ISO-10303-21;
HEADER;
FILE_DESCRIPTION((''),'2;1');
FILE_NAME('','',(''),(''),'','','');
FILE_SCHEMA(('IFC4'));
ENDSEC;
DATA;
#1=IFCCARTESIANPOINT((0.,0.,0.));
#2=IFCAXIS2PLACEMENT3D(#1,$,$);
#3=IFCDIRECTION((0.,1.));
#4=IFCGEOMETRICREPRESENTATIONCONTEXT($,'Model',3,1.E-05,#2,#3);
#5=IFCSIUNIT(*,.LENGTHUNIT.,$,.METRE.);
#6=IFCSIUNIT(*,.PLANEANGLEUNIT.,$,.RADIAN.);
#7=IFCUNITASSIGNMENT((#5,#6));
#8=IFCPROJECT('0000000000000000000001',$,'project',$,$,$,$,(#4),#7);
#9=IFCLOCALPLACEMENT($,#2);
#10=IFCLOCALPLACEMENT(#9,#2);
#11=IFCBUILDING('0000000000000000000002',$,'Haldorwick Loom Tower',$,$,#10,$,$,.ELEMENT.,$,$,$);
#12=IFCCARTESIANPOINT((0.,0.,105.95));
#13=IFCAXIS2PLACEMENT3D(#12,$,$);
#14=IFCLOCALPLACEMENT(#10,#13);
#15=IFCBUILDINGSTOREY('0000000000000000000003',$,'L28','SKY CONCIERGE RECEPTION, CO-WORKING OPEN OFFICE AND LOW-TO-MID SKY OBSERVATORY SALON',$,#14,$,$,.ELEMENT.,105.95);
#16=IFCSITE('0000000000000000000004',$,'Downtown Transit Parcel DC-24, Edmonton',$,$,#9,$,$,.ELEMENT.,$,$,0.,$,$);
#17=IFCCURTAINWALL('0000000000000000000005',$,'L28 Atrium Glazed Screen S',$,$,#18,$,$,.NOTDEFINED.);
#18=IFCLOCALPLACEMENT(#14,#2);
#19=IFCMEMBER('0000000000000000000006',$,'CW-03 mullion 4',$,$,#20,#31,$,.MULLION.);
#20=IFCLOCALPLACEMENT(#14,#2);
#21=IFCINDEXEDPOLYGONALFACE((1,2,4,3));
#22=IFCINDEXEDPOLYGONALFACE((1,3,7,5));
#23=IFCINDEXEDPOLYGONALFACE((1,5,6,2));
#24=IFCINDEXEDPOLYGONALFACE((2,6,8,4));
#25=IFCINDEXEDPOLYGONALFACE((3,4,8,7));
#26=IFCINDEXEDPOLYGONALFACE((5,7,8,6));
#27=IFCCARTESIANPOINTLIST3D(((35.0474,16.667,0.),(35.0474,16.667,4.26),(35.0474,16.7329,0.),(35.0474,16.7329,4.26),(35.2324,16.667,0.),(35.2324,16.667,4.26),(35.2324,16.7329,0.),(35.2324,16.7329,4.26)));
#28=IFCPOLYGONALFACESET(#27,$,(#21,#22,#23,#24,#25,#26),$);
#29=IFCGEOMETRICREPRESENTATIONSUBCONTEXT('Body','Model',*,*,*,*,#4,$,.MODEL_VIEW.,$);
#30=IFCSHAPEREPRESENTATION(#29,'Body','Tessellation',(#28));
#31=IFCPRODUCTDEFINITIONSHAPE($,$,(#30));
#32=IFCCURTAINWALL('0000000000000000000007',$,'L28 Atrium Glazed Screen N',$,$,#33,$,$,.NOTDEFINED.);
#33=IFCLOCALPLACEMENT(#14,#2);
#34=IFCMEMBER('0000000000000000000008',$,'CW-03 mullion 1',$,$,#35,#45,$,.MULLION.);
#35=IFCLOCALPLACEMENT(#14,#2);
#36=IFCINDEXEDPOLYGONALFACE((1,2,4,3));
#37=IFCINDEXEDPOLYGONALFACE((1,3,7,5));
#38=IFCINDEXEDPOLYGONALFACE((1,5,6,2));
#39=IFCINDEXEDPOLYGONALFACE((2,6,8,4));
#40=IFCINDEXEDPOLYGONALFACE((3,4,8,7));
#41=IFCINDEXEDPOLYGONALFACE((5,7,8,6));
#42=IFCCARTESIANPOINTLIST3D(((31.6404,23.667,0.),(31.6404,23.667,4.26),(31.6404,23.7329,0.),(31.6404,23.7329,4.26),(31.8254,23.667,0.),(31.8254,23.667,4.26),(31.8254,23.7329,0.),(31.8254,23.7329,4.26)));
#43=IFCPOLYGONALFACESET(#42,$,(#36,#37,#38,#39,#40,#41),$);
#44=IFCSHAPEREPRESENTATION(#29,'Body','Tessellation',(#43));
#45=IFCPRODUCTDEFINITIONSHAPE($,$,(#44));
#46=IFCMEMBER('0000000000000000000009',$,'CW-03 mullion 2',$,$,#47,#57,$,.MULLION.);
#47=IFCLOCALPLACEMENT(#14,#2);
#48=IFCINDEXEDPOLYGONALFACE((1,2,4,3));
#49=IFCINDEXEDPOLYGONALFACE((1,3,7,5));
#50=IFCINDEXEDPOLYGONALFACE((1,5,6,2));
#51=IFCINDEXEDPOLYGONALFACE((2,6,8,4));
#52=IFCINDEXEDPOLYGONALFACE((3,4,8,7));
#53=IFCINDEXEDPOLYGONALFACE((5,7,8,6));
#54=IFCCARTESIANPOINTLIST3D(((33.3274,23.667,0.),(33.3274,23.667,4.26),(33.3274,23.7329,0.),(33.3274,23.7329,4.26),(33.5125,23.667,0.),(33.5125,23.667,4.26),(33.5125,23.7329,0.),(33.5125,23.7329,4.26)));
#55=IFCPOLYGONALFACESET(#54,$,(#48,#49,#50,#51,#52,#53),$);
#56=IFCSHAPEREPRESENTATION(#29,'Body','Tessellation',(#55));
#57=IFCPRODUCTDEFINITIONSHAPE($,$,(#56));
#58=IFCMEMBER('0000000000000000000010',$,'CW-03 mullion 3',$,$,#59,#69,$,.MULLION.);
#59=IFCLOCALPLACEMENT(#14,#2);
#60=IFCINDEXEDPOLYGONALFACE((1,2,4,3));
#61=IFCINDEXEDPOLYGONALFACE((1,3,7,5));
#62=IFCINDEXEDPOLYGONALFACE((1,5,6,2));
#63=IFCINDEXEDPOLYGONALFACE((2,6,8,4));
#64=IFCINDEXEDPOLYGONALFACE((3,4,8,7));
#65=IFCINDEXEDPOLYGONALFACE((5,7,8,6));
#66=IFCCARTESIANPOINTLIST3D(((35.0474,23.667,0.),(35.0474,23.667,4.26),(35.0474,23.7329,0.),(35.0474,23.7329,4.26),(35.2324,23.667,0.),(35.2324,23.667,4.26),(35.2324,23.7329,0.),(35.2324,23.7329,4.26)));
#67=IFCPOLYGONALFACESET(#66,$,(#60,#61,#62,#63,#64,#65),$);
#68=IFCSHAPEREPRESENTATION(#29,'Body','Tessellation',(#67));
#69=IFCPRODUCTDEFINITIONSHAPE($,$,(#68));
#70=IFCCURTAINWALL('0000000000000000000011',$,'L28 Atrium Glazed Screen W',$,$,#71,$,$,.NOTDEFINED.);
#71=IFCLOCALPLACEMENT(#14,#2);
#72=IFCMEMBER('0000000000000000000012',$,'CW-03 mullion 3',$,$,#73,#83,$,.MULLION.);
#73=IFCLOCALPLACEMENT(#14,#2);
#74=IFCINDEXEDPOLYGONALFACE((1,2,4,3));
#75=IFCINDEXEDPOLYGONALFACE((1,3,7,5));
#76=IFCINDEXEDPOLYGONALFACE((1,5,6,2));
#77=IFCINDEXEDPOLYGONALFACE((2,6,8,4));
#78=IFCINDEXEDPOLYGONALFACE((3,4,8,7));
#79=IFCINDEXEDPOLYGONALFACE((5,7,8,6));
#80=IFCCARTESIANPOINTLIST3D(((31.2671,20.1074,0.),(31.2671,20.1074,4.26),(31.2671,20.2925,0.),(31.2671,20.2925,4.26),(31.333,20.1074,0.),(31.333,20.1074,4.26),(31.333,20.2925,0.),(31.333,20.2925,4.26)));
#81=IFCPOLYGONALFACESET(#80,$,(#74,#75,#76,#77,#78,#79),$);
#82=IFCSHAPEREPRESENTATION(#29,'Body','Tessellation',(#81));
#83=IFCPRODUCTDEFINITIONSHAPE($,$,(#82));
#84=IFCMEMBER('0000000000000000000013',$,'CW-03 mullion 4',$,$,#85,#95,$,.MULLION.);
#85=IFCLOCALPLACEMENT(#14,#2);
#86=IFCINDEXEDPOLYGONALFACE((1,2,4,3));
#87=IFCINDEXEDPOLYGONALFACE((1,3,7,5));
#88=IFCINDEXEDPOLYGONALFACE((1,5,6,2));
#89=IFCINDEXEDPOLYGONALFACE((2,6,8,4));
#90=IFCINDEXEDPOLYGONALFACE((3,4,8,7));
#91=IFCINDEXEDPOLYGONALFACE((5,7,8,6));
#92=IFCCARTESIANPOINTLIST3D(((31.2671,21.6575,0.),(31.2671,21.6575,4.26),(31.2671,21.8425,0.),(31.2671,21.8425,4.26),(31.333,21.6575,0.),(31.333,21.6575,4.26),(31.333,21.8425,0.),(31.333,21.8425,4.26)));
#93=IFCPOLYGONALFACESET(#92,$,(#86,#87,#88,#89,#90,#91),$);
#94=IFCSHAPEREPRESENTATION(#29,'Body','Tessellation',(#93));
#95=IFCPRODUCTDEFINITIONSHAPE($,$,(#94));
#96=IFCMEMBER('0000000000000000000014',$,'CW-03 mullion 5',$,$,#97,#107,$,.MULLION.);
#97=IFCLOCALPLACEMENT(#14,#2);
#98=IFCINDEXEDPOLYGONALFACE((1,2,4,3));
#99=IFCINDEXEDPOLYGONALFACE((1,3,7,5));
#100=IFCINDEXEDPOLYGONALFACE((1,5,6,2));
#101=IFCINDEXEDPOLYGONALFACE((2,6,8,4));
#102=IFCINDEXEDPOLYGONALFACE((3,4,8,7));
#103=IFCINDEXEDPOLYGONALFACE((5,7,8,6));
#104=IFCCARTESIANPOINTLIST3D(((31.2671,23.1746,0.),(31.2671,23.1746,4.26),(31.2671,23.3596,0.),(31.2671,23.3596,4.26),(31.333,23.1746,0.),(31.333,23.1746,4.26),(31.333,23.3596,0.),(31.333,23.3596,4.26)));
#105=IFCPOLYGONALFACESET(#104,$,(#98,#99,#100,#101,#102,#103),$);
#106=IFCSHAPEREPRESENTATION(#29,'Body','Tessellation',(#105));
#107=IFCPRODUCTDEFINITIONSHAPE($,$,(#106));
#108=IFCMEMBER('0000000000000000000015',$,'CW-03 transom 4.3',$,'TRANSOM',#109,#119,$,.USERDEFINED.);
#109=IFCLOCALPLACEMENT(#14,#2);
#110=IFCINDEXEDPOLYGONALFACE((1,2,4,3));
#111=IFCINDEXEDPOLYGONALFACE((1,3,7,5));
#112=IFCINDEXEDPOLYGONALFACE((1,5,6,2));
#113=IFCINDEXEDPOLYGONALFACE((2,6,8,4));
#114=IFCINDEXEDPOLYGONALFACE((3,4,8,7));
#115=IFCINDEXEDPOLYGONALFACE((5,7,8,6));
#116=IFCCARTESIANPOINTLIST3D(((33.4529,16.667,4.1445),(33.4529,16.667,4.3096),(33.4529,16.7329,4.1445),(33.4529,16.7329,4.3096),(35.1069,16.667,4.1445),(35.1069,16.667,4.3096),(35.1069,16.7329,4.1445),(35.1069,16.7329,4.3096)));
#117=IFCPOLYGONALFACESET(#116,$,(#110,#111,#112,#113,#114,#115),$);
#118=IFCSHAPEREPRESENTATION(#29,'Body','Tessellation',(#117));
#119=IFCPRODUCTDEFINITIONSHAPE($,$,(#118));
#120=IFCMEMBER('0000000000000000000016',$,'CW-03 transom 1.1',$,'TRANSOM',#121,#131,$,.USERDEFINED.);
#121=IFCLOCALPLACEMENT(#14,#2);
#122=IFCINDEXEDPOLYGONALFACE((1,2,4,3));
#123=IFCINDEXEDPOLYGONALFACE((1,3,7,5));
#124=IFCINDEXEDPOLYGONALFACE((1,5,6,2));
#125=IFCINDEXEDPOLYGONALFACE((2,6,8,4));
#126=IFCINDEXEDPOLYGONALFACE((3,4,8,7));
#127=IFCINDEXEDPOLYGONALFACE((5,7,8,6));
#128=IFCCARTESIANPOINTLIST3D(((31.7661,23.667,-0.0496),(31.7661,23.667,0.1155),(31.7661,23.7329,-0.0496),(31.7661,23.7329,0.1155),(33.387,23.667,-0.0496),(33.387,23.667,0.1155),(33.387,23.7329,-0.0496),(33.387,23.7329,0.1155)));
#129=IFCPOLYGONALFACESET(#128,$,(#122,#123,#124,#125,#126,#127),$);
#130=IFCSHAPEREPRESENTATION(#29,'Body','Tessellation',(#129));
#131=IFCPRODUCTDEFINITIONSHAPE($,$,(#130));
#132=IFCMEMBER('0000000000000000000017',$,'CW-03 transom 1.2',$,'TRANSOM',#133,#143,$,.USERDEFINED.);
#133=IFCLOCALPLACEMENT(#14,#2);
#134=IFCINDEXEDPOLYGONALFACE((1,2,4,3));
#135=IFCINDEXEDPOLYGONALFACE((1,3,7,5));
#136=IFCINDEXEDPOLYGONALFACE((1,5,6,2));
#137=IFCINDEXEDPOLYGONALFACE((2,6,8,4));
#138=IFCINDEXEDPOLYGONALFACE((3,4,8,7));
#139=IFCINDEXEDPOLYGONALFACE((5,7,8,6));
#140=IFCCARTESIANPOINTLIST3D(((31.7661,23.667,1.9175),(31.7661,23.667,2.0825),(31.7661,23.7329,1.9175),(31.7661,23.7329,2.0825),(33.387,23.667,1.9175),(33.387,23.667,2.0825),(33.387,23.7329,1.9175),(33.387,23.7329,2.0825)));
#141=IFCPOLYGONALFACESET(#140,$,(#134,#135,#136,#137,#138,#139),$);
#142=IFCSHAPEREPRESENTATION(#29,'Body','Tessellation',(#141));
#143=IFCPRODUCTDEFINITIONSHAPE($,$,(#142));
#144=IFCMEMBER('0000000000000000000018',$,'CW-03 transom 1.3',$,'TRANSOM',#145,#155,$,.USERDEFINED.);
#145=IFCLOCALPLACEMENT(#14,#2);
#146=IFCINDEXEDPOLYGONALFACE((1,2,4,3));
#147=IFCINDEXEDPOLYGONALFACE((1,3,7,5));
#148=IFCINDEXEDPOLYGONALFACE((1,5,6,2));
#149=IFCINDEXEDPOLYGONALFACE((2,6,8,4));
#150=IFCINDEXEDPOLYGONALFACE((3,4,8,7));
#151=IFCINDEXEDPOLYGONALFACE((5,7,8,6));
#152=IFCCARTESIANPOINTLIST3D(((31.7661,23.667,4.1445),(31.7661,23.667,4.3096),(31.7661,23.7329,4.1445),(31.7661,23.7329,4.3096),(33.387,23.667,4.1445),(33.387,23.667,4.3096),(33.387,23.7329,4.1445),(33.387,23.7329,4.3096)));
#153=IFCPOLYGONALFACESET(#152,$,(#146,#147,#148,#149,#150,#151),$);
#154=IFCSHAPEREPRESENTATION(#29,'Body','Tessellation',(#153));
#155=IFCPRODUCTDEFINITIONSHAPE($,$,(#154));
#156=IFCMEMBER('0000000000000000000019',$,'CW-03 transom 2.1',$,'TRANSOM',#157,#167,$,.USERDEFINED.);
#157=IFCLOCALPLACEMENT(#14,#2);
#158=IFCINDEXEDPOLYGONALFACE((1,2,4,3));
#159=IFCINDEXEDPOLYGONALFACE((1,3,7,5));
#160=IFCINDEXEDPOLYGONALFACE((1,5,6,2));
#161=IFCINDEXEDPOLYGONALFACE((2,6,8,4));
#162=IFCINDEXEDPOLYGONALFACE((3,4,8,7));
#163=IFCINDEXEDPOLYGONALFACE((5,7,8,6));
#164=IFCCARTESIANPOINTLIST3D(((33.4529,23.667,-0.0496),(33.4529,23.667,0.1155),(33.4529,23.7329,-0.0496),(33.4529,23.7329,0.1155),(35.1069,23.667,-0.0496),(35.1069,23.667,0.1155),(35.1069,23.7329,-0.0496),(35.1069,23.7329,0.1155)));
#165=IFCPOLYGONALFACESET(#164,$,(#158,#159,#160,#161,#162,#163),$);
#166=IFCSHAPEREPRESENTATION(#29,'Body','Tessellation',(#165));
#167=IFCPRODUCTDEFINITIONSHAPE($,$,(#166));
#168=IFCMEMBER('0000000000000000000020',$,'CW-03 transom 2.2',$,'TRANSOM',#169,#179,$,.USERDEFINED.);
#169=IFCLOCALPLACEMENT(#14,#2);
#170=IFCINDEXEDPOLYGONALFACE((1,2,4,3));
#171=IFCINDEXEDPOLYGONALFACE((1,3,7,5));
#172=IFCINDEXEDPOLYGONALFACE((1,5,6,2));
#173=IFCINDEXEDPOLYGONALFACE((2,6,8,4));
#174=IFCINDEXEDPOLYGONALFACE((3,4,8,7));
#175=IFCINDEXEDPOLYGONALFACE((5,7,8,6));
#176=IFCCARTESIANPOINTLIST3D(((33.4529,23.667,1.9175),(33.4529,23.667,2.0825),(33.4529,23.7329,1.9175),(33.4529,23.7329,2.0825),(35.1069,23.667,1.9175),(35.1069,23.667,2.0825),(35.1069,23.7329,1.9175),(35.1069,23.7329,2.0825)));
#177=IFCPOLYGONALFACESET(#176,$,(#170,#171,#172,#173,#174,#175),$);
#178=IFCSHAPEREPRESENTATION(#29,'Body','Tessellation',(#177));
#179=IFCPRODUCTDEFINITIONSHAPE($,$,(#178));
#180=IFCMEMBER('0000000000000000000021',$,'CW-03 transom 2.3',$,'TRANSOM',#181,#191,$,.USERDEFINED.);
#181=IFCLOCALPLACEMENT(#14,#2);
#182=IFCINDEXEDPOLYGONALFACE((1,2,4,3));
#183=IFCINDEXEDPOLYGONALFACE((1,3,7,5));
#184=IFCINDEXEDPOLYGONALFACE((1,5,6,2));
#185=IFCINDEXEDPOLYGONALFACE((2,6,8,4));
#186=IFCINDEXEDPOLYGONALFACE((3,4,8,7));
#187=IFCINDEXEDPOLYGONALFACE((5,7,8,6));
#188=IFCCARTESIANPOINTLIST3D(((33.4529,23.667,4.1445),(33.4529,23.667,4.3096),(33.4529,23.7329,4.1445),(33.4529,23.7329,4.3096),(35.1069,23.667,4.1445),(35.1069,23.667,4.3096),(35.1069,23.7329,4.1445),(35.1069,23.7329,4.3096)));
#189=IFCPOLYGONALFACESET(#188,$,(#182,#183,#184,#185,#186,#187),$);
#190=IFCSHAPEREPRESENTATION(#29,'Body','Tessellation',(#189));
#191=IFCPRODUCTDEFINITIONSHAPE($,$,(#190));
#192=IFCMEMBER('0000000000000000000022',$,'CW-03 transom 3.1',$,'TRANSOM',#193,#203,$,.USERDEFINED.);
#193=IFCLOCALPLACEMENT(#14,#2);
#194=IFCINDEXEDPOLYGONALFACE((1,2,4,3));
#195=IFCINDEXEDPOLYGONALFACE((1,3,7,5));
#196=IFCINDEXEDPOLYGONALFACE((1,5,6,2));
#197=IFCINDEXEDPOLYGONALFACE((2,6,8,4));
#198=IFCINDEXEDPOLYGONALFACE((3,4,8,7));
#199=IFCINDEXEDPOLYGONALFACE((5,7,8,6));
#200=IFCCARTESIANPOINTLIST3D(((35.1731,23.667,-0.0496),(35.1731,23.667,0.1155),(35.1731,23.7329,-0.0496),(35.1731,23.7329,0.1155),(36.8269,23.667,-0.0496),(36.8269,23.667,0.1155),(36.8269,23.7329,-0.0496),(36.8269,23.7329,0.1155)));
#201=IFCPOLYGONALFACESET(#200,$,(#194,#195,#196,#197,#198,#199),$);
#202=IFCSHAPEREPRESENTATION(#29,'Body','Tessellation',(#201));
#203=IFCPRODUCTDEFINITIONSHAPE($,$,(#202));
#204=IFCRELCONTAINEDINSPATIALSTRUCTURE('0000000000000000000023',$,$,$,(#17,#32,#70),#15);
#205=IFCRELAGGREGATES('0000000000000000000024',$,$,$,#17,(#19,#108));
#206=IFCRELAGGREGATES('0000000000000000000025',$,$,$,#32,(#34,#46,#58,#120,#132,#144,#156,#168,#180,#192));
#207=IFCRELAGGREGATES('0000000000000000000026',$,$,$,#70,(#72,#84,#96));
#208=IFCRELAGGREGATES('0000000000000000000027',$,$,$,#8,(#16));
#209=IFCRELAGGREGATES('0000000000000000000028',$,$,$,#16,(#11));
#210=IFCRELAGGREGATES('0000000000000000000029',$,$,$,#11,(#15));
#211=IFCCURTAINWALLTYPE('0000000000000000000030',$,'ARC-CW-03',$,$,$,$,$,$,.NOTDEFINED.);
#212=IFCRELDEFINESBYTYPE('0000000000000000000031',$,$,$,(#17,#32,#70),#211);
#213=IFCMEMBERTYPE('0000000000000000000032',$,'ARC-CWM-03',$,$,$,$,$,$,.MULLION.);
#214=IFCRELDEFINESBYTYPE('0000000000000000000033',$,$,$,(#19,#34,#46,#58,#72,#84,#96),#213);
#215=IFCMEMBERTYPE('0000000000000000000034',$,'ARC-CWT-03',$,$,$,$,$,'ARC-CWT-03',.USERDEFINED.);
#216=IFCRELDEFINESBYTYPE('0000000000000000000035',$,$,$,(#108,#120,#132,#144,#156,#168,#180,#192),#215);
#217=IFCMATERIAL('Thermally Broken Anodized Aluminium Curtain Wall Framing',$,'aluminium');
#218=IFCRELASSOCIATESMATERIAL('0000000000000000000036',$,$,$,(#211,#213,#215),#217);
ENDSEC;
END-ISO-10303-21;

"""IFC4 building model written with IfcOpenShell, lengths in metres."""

from ifc_helpers import new_model, si_unit, direction, frame, origin, origin_2d, place, context, subcontext, project, spatial, rectangle, extrude, material, material_profile, profile_set, type_object, element, aggregate, save


model = new_model("IFC4")

# Units and contexts
model_context = context("Model", 3, precision=1e-05, world=origin(), true_north=direction((0.0, 1.0)))
body_context = subcontext(model_context, "Body", "Model", "MODEL_VIEW")
ifc_project = project(units=[si_unit("LENGTHUNIT", "METRE"), si_unit("PLANEANGLEUNIT", "RADIAN")], contexts=[model_context])

# Site, building, storey
site_placement = place(None, origin())
site = spatial("IfcSite", under=ifc_project, at=site_placement, Name="Downtown Transit Parcel DC-24, Edmonton", CompositionType="ELEMENT", RefElevation=0.0)
building_placement = place(site_placement, origin())
building = spatial("IfcBuilding", under=site, at=building_placement, Name="Haldorwick Loom Tower", CompositionType="ELEMENT")
storey_placement = place(building_placement, frame((0.0, 0.0, 105.95)))
storey = spatial("IfcBuildingStorey", under=building, at=storey_placement, Name="L28", Description="SKY CONCIERGE RECEPTION, CO-WORKING OPEN OFFICE AND LOW-TO-MID SKY OBSERVATORY SALON", CompositionType="ELEMENT", Elevation=105.95)

# Curtain wall, member
ifc_material_1 = material(Name="Thermally Broken Anodized Aluminium Curtain Wall Framing", Category="aluminium")
curtain_wall_type = type_object("IfcCurtainWallType", Name="ARC-CW-03", PredefinedType="NOTDEFINED", material=ifc_material_1)
curtain_wall_1_placement = place(storey_placement, origin())
curtain_wall_1 = element("IfcCurtainWall", 1, at=curtain_wall_1_placement, inside=storey, type_object=curtain_wall_type, Name="L28 Atrium Glazed Screen S", PredefinedType="NOTDEFINED")
ifc_material_profile_1 = material_profile(ifc_material_1, rectangle(XDim=0.0659, YDim=0.1851, at=origin_2d()), Name="ALU_MUL_66X185", Category="aluminium")
ifc_profile_set_1 = profile_set([ifc_material_profile_1], Name="Thermally Broken Anodized Aluminium Curtain Wall Framing")
member_type_1 = type_object("IfcMemberType", Name="ARC-CWM-03", PredefinedType="MULLION", material=ifc_profile_set_1)
member_1_placement = place(storey_placement, frame((35.1399, 16.7, 0.0), z_axis=(0.0, 0.0, 1.0), x_axis=(0.0, -1.0, 0.0)))
member_1 = element("IfcMember", 2, at=member_1_placement, type_object=member_type_1, Name="CW-03 mullion 4", PredefinedType="MULLION", context=body_context, shape_type="SweptSolid", body=[
    extrude(rectangle(XDim=0.0659, YDim=0.1851, at=origin_2d()), origin(), (0.0, 0.0, 1.0), 4.26),
])

# Curtain walls, members
curtain_wall_2_placement = place(storey_placement, origin())
curtain_wall_2 = element("IfcCurtainWall", 3, at=curtain_wall_2_placement, inside=storey, type_object=curtain_wall_type, Name="L28 Atrium Glazed Screen N", PredefinedType="NOTDEFINED")
member_2_placement = place(storey_placement, frame((31.7329, 23.7, 0.0), z_axis=(0.0, 0.0, 1.0), x_axis=(0.0, 1.0, 0.0)))
member_2 = element("IfcMember", 4, at=member_2_placement, type_object=member_type_1, Name="CW-03 mullion 1", PredefinedType="MULLION", context=body_context, shape_type="SweptSolid", body=[
    extrude(rectangle(XDim=0.0659, YDim=0.1851, at=origin_2d()), origin(), (0.0, 0.0, 1.0), 4.26),
])
member_3_placement = place(storey_placement, frame((33.4199, 23.7, 0.0), z_axis=(0.0, 0.0, 1.0), x_axis=(0.0, 1.0, 0.0)))
member_3 = element("IfcMember", 5, at=member_3_placement, type_object=member_type_1, Name="CW-03 mullion 2", PredefinedType="MULLION", context=body_context, shape_type="SweptSolid", body=[
    extrude(rectangle(XDim=0.0659, YDim=0.1851, at=origin_2d()), origin(), (0.0, 0.0, 1.0), 4.26),
])
member_4_placement = place(storey_placement, frame((35.1399, 23.7, 0.0), z_axis=(0.0, 0.0, 1.0), x_axis=(0.0, 1.0, 0.0)))
member_4 = element("IfcMember", 6, at=member_4_placement, type_object=member_type_1, Name="CW-03 mullion 3", PredefinedType="MULLION", context=body_context, shape_type="SweptSolid", body=[
    extrude(rectangle(XDim=0.0659, YDim=0.1851, at=origin_2d()), origin(), (0.0, 0.0, 1.0), 4.26),
])
curtain_wall_3_placement = place(storey_placement, origin())
curtain_wall_3 = element("IfcCurtainWall", 7, at=curtain_wall_3_placement, inside=storey, type_object=curtain_wall_type, Name="L28 Atrium Glazed Screen W", PredefinedType="NOTDEFINED")
member_5_placement = place(storey_placement, frame((31.3, 20.2, 0.0), z_axis=(0.0, 0.0, 1.0), x_axis=(-1.0, 0.0, 0.0)))
member_5 = element("IfcMember", 8, at=member_5_placement, type_object=member_type_1, Name="CW-03 mullion 3", PredefinedType="MULLION", context=body_context, shape_type="SweptSolid", body=[
    extrude(rectangle(XDim=0.0659, YDim=0.1851, at=origin_2d()), origin(), (0.0, 0.0, 1.0), 4.26),
])
member_6_placement = place(storey_placement, frame((31.3, 21.75, 0.0), z_axis=(0.0, 0.0, 1.0), x_axis=(-1.0, 0.0, 0.0)))
member_6 = element("IfcMember", 9, at=member_6_placement, type_object=member_type_1, Name="CW-03 mullion 4", PredefinedType="MULLION", context=body_context, shape_type="SweptSolid", body=[
    extrude(rectangle(XDim=0.0659, YDim=0.1851, at=origin_2d()), origin(), (0.0, 0.0, 1.0), 4.26),
])
member_7_placement = place(storey_placement, frame((31.3, 23.2671, 0.0), z_axis=(0.0, 0.0, 1.0), x_axis=(-1.0, 0.0, 0.0)))
member_7 = element("IfcMember", 10, at=member_7_placement, type_object=member_type_1, Name="CW-03 mullion 5", PredefinedType="MULLION", context=body_context, shape_type="SweptSolid", body=[
    extrude(rectangle(XDim=0.0659, YDim=0.1851, at=origin_2d()), origin(), (0.0, 0.0, 1.0), 4.26),
])

# Members
ifc_material_profile_2 = material_profile(ifc_material_1, rectangle(XDim=0.0659, YDim=0.165, at=origin_2d()), Name="ALU_TRN_66X165", Category="aluminium")
ifc_profile_set_2 = profile_set([ifc_material_profile_2], Name="Thermally Broken Anodized Aluminium Curtain Wall Framing")
member_type_2 = type_object("IfcMemberType", Name="ARC-CWT-03", ElementType="ARC-CWT-03", PredefinedType="USERDEFINED", material=ifc_profile_set_2)
member_8_placement = place(storey_placement, frame((35.1069, 16.7, 4.2271), z_axis=(-1.0, 0.0, 0.0), x_axis=(0.0, -1.0, 0.0)))
member_8 = element("IfcMember", 11, at=member_8_placement, type_object=member_type_2, Name="CW-03 transom 4.3", ObjectType="TRANSOM", PredefinedType="USERDEFINED", context=body_context, shape_type="SweptSolid", body=[
    extrude(rectangle(XDim=0.0659, YDim=0.165, at=origin_2d()), origin(), (0.0, 0.0, 1.0), 1.6541),
])
aggregate(curtain_wall_1, [member_1, member_8])
member_9_placement = place(storey_placement, frame((31.7661, 23.7, 0.033), z_axis=(1.0, 0.0, 0.0), x_axis=(0.0, 1.0, 0.0)))
member_9 = element("IfcMember", 12, at=member_9_placement, type_object=member_type_2, Name="CW-03 transom 1.1", ObjectType="TRANSOM", PredefinedType="USERDEFINED", context=body_context, shape_type="SweptSolid", body=[
    extrude(rectangle(XDim=0.0659, YDim=0.165, at=origin_2d()), origin(), (0.0, 0.0, 1.0), 1.6208),
])
member_10_placement = place(storey_placement, frame((31.7661, 23.7, 2.0), z_axis=(1.0, 0.0, 0.0), x_axis=(0.0, 1.0, 0.0)))
member_10 = element("IfcMember", 13, at=member_10_placement, type_object=member_type_2, Name="CW-03 transom 1.2", ObjectType="TRANSOM", PredefinedType="USERDEFINED", context=body_context, shape_type="SweptSolid", body=[
    extrude(rectangle(XDim=0.0659, YDim=0.165, at=origin_2d()), origin(), (0.0, 0.0, 1.0), 1.6208),
])
member_11_placement = place(storey_placement, frame((31.7661, 23.7, 4.2271), z_axis=(1.0, 0.0, 0.0), x_axis=(0.0, 1.0, 0.0)))
member_11 = element("IfcMember", 14, at=member_11_placement, type_object=member_type_2, Name="CW-03 transom 1.3", ObjectType="TRANSOM", PredefinedType="USERDEFINED", context=body_context, shape_type="SweptSolid", body=[
    extrude(rectangle(XDim=0.0659, YDim=0.165, at=origin_2d()), origin(), (0.0, 0.0, 1.0), 1.6208),
])
member_12_placement = place(storey_placement, frame((33.4529, 23.7, 0.033), z_axis=(1.0, 0.0, 0.0), x_axis=(0.0, 1.0, 0.0)))
member_12 = element("IfcMember", 15, at=member_12_placement, type_object=member_type_2, Name="CW-03 transom 2.1", ObjectType="TRANSOM", PredefinedType="USERDEFINED", context=body_context, shape_type="SweptSolid", body=[
    extrude(rectangle(XDim=0.0659, YDim=0.165, at=origin_2d()), origin(), (0.0, 0.0, 1.0), 1.6541),
])
member_13_placement = place(storey_placement, frame((33.4529, 23.7, 2.0), z_axis=(1.0, 0.0, 0.0), x_axis=(0.0, 1.0, 0.0)))
member_13 = element("IfcMember", 16, at=member_13_placement, type_object=member_type_2, Name="CW-03 transom 2.2", ObjectType="TRANSOM", PredefinedType="USERDEFINED", context=body_context, shape_type="SweptSolid", body=[
    extrude(rectangle(XDim=0.0659, YDim=0.165, at=origin_2d()), origin(), (0.0, 0.0, 1.0), 1.6541),
])
member_14_placement = place(storey_placement, frame((33.4529, 23.7, 4.2271), z_axis=(1.0, 0.0, 0.0), x_axis=(0.0, 1.0, 0.0)))
member_14 = element("IfcMember", 17, at=member_14_placement, type_object=member_type_2, Name="CW-03 transom 2.3", ObjectType="TRANSOM", PredefinedType="USERDEFINED", context=body_context, shape_type="SweptSolid", body=[
    extrude(rectangle(XDim=0.0659, YDim=0.165, at=origin_2d()), origin(), (0.0, 0.0, 1.0), 1.6541),
])
member_15_placement = place(storey_placement, frame((35.1731, 23.7, 0.033), z_axis=(1.0, 0.0, 0.0), x_axis=(0.0, 1.0, 0.0)))
member_15 = element("IfcMember", 18, at=member_15_placement, type_object=member_type_2, Name="CW-03 transom 3.1", ObjectType="TRANSOM", PredefinedType="USERDEFINED", context=body_context, shape_type="SweptSolid", body=[
    extrude(rectangle(XDim=0.0659, YDim=0.165, at=origin_2d()), origin(), (0.0, 0.0, 1.0), 1.6538),
])

aggregate(curtain_wall_2, [member_2, member_3, member_4, member_9, member_10, member_11, member_12, member_13, member_14, member_15])
aggregate(curtain_wall_3, [member_5, member_6, member_7])

save(model, "model.ifc")
